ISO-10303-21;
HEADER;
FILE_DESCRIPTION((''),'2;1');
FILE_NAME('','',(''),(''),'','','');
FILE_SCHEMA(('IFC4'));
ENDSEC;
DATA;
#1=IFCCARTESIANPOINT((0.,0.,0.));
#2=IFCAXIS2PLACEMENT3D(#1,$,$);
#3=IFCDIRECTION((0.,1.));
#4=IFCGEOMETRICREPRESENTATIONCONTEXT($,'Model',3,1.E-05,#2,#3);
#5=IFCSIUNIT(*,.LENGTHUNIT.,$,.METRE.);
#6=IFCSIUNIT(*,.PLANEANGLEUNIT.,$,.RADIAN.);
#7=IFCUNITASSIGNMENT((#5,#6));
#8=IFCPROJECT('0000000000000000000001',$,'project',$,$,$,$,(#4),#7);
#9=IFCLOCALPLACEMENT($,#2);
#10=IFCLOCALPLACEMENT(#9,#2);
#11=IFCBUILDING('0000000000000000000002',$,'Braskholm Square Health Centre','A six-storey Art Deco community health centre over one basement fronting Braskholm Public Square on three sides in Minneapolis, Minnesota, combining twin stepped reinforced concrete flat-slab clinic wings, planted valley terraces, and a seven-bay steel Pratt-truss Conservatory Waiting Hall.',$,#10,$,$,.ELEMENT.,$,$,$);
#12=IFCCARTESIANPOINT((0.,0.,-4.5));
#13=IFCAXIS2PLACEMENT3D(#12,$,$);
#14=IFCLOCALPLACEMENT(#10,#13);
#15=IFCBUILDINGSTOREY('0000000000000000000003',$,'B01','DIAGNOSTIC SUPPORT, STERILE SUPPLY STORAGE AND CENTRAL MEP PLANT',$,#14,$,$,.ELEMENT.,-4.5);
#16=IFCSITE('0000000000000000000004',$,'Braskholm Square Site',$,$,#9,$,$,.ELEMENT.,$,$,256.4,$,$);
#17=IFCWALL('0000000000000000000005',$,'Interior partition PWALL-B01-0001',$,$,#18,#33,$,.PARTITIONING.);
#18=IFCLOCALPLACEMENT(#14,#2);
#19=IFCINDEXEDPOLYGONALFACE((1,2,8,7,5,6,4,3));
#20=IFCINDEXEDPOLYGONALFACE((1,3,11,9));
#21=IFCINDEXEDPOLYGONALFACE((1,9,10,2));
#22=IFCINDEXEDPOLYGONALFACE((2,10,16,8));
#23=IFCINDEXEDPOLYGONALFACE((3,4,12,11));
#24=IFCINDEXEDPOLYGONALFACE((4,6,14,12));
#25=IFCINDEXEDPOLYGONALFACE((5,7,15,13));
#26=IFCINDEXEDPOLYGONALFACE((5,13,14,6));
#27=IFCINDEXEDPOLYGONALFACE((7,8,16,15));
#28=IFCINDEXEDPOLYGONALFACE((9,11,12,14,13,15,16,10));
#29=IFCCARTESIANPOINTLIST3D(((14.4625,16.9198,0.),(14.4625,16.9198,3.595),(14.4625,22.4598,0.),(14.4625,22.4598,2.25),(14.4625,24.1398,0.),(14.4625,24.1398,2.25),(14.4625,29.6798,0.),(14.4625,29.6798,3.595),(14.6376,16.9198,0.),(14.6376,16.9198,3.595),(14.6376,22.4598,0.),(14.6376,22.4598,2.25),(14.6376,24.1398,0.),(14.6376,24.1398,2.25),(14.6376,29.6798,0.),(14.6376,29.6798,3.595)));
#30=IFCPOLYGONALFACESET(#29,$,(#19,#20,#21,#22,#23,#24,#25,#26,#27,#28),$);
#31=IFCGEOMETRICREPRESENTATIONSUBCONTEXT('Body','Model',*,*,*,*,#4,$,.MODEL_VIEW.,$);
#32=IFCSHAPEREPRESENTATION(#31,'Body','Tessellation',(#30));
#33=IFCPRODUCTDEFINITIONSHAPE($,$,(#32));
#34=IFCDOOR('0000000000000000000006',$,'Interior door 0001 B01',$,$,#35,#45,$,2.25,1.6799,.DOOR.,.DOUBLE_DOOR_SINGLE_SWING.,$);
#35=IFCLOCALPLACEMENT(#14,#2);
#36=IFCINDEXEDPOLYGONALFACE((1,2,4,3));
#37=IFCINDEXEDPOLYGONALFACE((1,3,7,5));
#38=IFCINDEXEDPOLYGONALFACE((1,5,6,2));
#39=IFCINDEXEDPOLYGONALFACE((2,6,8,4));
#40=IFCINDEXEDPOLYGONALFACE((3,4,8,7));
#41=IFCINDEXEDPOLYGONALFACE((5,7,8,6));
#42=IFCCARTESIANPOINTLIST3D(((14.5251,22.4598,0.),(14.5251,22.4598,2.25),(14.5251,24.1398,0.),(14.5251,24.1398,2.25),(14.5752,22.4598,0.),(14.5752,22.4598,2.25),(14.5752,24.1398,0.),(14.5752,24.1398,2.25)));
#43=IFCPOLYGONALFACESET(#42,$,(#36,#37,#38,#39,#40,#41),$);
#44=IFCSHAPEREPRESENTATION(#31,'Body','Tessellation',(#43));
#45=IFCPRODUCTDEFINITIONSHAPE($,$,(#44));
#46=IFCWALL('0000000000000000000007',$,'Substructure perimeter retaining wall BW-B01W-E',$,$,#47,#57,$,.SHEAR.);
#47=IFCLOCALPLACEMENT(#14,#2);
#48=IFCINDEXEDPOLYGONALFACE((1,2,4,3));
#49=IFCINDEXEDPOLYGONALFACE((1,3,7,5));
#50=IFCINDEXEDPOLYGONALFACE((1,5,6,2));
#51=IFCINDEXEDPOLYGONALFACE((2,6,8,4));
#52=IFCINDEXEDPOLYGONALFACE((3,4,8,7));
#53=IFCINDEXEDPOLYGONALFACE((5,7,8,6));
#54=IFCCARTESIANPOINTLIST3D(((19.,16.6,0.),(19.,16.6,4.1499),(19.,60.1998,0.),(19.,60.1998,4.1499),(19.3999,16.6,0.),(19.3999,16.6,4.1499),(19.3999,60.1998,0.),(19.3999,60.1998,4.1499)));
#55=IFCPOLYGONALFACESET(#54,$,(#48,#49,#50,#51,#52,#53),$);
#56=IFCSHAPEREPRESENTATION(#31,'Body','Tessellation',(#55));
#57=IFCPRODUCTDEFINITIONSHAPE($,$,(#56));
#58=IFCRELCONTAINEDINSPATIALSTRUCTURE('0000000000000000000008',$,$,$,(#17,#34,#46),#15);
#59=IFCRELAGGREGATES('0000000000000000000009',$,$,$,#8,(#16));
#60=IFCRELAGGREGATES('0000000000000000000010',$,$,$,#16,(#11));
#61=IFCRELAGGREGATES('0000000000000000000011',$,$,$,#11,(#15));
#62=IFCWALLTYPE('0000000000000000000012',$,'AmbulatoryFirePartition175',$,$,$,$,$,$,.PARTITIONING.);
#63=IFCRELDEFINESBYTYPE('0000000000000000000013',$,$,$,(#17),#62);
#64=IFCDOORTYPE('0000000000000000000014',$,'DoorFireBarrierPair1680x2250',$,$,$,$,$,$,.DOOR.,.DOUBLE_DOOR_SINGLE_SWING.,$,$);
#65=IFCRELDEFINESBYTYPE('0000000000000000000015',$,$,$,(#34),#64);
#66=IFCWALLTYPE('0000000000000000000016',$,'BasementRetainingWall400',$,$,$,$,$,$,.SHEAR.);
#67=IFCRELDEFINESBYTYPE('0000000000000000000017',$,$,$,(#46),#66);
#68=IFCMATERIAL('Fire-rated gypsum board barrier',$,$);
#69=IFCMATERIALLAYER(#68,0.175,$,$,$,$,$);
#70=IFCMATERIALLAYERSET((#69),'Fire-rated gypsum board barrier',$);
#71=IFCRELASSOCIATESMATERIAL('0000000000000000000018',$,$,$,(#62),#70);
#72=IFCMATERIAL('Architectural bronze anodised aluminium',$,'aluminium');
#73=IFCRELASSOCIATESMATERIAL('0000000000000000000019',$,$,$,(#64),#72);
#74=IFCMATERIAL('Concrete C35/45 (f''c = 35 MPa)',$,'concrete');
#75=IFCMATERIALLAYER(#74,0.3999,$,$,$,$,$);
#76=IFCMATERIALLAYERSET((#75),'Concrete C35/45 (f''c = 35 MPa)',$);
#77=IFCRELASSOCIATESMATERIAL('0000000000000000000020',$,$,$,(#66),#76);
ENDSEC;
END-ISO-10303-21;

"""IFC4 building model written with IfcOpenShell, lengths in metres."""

from ifc_helpers import new_model, si_unit, direction, frame, frame_2d, origin, origin_with_axes, place, context, subcontext, project, spatial, rectangle, extrude, material, layer, layer_set, type_object, element, fill, save


model = new_model("IFC4")

# Units and contexts
model_context = context("Model", 3, precision=1e-05, world=origin(), true_north=direction((0.0, 1.0)))
body_context = subcontext(model_context, "Body", "Model", "MODEL_VIEW")
ifc_project = project(units=[si_unit("LENGTHUNIT", "METRE"), si_unit("PLANEANGLEUNIT", "RADIAN")], contexts=[model_context])

# Site, building, storey
site_placement = place(None, origin())
site = spatial("IfcSite", under=ifc_project, at=site_placement, Name="Braskholm Square Site", CompositionType="ELEMENT", RefElevation=256.4)
building_placement = place(site_placement, origin())
building = spatial("IfcBuilding", under=site, at=building_placement, Name="Braskholm Square Health Centre", Description="A six-storey Art Deco community health centre over one basement fronting Braskholm Public Square on three sides in Minneapolis, Minnesota, combining twin stepped reinforced concrete flat-slab clinic wings, planted valley terraces, and a seven-bay steel Pratt-truss Conservatory Waiting Hall.", CompositionType="ELEMENT")
storey_placement = place(building_placement, frame((0.0, 0.0, -4.5)))
storey = spatial("IfcBuildingStorey", under=building, at=storey_placement, Name="B01", Description="DIAGNOSTIC SUPPORT, STERILE SUPPLY STORAGE AND CENTRAL MEP PLANT", CompositionType="ELEMENT", Elevation=-4.5)

# Wall, opening, door
ifc_material_1 = material(Name="Fire-rated gypsum board barrier")
ifc_layer_1 = layer(ifc_material_1, 0.175)
ifc_layer_set_1 = layer_set([ifc_layer_1], Name="Fire-rated gypsum board barrier")
wall_type_1 = type_object("IfcWallType", Name="AmbulatoryFirePartition175", PredefinedType="PARTITIONING", material=ifc_layer_set_1)
wall_1_placement = place(storey_placement, frame((14.55, 16.9199, 0.0), z_axis=(0.0, 0.0, 1.0), x_axis=(0.0, 1.0, 0.0)))
wall_1 = element("IfcWall", 1, at=wall_1_placement, inside=storey, type_object=wall_type_1, Name="Interior partition PWALL-B01-0001", PredefinedType="PARTITIONING", context=body_context, shape_type="SweptSolid", body=[
    extrude(rectangle(XDim=12.76, YDim=0.175, at=frame_2d((6.3799, 0.0))), origin(), (0.0, 0.0, 1.0), 3.595),
])
opening_placement = place(wall_1_placement, frame((5.54, 0.0, 0.0)))
opening = element("IfcOpeningElement", 2, at=opening_placement, cuts=wall_1, PredefinedType="OPENING", context=body_context, shape_type="SweptSolid", body=[
    extrude(rectangle(XDim=1.6799, YDim=2.25, at=frame_2d((0.8398, 1.125))), frame((0.0, 0.0977, 0.0), z_axis=(0.0, -1.0, 0.0), x_axis=(1.0, 0.0, 0.0)), (0.0, 0.0, 1.0), 0.1951),
])
ifc_material_2 = material(Name="Architectural bronze anodised aluminium", Category="aluminium")
door_type = type_object("IfcDoorType", Name="DoorFireBarrierPair1680x2250", OperationType="DOUBLE_DOOR_SINGLE_SWING", PredefinedType="DOOR", material=ifc_material_2)
door_placement = place(opening_placement, origin_with_axes())
door = element("IfcDoor", 3, at=door_placement, inside=storey, type_object=door_type, Name="Interior door 0001 B01", OperationType="DOUBLE_DOOR_SINGLE_SWING", OverallHeight=2.25, OverallWidth=1.6799, PredefinedType="DOOR", context=body_context, shape_type="SweptSolid", body=[
    extrude(rectangle(XDim=1.6799, YDim=2.25, at=frame_2d((0.8398, 1.125))), frame((0.0, 0.0249, 0.0), z_axis=(0.0, -1.0, 0.0), x_axis=(1.0, 0.0, 0.0)), (0.0, 0.0, 1.0), 0.05),
])
fill(opening, door)

# Wall
ifc_material_3 = material(Name="Concrete C35/45 (f'c = 35 MPa)", Category="concrete")
ifc_layer_2 = layer(ifc_material_3, 0.3999)
ifc_layer_set_2 = layer_set([ifc_layer_2], Name="Concrete C35/45 (f'c = 35 MPa)")
wall_type_2 = type_object("IfcWallType", Name="BasementRetainingWall400", PredefinedType="SHEAR", material=ifc_layer_set_2)
wall_2_placement = place(storey_placement, frame((19.2, 16.6001, 0.0), z_axis=(0.0, 0.0, 1.0), x_axis=(0.0, 1.0, 0.0)))
element("IfcWall", 4, at=wall_2_placement, inside=storey, type_object=wall_type_2, Name="Substructure perimeter retaining wall BW-B01W-E", PredefinedType="SHEAR", context=body_context, shape_type="SweptSolid", body=[
    extrude(rectangle(XDim=43.5999, YDim=0.3999, at=frame_2d((21.7998, 0.0))), origin(), (0.0, 0.0, 1.0), 4.1499),
])

save(model, "model.ifc")
